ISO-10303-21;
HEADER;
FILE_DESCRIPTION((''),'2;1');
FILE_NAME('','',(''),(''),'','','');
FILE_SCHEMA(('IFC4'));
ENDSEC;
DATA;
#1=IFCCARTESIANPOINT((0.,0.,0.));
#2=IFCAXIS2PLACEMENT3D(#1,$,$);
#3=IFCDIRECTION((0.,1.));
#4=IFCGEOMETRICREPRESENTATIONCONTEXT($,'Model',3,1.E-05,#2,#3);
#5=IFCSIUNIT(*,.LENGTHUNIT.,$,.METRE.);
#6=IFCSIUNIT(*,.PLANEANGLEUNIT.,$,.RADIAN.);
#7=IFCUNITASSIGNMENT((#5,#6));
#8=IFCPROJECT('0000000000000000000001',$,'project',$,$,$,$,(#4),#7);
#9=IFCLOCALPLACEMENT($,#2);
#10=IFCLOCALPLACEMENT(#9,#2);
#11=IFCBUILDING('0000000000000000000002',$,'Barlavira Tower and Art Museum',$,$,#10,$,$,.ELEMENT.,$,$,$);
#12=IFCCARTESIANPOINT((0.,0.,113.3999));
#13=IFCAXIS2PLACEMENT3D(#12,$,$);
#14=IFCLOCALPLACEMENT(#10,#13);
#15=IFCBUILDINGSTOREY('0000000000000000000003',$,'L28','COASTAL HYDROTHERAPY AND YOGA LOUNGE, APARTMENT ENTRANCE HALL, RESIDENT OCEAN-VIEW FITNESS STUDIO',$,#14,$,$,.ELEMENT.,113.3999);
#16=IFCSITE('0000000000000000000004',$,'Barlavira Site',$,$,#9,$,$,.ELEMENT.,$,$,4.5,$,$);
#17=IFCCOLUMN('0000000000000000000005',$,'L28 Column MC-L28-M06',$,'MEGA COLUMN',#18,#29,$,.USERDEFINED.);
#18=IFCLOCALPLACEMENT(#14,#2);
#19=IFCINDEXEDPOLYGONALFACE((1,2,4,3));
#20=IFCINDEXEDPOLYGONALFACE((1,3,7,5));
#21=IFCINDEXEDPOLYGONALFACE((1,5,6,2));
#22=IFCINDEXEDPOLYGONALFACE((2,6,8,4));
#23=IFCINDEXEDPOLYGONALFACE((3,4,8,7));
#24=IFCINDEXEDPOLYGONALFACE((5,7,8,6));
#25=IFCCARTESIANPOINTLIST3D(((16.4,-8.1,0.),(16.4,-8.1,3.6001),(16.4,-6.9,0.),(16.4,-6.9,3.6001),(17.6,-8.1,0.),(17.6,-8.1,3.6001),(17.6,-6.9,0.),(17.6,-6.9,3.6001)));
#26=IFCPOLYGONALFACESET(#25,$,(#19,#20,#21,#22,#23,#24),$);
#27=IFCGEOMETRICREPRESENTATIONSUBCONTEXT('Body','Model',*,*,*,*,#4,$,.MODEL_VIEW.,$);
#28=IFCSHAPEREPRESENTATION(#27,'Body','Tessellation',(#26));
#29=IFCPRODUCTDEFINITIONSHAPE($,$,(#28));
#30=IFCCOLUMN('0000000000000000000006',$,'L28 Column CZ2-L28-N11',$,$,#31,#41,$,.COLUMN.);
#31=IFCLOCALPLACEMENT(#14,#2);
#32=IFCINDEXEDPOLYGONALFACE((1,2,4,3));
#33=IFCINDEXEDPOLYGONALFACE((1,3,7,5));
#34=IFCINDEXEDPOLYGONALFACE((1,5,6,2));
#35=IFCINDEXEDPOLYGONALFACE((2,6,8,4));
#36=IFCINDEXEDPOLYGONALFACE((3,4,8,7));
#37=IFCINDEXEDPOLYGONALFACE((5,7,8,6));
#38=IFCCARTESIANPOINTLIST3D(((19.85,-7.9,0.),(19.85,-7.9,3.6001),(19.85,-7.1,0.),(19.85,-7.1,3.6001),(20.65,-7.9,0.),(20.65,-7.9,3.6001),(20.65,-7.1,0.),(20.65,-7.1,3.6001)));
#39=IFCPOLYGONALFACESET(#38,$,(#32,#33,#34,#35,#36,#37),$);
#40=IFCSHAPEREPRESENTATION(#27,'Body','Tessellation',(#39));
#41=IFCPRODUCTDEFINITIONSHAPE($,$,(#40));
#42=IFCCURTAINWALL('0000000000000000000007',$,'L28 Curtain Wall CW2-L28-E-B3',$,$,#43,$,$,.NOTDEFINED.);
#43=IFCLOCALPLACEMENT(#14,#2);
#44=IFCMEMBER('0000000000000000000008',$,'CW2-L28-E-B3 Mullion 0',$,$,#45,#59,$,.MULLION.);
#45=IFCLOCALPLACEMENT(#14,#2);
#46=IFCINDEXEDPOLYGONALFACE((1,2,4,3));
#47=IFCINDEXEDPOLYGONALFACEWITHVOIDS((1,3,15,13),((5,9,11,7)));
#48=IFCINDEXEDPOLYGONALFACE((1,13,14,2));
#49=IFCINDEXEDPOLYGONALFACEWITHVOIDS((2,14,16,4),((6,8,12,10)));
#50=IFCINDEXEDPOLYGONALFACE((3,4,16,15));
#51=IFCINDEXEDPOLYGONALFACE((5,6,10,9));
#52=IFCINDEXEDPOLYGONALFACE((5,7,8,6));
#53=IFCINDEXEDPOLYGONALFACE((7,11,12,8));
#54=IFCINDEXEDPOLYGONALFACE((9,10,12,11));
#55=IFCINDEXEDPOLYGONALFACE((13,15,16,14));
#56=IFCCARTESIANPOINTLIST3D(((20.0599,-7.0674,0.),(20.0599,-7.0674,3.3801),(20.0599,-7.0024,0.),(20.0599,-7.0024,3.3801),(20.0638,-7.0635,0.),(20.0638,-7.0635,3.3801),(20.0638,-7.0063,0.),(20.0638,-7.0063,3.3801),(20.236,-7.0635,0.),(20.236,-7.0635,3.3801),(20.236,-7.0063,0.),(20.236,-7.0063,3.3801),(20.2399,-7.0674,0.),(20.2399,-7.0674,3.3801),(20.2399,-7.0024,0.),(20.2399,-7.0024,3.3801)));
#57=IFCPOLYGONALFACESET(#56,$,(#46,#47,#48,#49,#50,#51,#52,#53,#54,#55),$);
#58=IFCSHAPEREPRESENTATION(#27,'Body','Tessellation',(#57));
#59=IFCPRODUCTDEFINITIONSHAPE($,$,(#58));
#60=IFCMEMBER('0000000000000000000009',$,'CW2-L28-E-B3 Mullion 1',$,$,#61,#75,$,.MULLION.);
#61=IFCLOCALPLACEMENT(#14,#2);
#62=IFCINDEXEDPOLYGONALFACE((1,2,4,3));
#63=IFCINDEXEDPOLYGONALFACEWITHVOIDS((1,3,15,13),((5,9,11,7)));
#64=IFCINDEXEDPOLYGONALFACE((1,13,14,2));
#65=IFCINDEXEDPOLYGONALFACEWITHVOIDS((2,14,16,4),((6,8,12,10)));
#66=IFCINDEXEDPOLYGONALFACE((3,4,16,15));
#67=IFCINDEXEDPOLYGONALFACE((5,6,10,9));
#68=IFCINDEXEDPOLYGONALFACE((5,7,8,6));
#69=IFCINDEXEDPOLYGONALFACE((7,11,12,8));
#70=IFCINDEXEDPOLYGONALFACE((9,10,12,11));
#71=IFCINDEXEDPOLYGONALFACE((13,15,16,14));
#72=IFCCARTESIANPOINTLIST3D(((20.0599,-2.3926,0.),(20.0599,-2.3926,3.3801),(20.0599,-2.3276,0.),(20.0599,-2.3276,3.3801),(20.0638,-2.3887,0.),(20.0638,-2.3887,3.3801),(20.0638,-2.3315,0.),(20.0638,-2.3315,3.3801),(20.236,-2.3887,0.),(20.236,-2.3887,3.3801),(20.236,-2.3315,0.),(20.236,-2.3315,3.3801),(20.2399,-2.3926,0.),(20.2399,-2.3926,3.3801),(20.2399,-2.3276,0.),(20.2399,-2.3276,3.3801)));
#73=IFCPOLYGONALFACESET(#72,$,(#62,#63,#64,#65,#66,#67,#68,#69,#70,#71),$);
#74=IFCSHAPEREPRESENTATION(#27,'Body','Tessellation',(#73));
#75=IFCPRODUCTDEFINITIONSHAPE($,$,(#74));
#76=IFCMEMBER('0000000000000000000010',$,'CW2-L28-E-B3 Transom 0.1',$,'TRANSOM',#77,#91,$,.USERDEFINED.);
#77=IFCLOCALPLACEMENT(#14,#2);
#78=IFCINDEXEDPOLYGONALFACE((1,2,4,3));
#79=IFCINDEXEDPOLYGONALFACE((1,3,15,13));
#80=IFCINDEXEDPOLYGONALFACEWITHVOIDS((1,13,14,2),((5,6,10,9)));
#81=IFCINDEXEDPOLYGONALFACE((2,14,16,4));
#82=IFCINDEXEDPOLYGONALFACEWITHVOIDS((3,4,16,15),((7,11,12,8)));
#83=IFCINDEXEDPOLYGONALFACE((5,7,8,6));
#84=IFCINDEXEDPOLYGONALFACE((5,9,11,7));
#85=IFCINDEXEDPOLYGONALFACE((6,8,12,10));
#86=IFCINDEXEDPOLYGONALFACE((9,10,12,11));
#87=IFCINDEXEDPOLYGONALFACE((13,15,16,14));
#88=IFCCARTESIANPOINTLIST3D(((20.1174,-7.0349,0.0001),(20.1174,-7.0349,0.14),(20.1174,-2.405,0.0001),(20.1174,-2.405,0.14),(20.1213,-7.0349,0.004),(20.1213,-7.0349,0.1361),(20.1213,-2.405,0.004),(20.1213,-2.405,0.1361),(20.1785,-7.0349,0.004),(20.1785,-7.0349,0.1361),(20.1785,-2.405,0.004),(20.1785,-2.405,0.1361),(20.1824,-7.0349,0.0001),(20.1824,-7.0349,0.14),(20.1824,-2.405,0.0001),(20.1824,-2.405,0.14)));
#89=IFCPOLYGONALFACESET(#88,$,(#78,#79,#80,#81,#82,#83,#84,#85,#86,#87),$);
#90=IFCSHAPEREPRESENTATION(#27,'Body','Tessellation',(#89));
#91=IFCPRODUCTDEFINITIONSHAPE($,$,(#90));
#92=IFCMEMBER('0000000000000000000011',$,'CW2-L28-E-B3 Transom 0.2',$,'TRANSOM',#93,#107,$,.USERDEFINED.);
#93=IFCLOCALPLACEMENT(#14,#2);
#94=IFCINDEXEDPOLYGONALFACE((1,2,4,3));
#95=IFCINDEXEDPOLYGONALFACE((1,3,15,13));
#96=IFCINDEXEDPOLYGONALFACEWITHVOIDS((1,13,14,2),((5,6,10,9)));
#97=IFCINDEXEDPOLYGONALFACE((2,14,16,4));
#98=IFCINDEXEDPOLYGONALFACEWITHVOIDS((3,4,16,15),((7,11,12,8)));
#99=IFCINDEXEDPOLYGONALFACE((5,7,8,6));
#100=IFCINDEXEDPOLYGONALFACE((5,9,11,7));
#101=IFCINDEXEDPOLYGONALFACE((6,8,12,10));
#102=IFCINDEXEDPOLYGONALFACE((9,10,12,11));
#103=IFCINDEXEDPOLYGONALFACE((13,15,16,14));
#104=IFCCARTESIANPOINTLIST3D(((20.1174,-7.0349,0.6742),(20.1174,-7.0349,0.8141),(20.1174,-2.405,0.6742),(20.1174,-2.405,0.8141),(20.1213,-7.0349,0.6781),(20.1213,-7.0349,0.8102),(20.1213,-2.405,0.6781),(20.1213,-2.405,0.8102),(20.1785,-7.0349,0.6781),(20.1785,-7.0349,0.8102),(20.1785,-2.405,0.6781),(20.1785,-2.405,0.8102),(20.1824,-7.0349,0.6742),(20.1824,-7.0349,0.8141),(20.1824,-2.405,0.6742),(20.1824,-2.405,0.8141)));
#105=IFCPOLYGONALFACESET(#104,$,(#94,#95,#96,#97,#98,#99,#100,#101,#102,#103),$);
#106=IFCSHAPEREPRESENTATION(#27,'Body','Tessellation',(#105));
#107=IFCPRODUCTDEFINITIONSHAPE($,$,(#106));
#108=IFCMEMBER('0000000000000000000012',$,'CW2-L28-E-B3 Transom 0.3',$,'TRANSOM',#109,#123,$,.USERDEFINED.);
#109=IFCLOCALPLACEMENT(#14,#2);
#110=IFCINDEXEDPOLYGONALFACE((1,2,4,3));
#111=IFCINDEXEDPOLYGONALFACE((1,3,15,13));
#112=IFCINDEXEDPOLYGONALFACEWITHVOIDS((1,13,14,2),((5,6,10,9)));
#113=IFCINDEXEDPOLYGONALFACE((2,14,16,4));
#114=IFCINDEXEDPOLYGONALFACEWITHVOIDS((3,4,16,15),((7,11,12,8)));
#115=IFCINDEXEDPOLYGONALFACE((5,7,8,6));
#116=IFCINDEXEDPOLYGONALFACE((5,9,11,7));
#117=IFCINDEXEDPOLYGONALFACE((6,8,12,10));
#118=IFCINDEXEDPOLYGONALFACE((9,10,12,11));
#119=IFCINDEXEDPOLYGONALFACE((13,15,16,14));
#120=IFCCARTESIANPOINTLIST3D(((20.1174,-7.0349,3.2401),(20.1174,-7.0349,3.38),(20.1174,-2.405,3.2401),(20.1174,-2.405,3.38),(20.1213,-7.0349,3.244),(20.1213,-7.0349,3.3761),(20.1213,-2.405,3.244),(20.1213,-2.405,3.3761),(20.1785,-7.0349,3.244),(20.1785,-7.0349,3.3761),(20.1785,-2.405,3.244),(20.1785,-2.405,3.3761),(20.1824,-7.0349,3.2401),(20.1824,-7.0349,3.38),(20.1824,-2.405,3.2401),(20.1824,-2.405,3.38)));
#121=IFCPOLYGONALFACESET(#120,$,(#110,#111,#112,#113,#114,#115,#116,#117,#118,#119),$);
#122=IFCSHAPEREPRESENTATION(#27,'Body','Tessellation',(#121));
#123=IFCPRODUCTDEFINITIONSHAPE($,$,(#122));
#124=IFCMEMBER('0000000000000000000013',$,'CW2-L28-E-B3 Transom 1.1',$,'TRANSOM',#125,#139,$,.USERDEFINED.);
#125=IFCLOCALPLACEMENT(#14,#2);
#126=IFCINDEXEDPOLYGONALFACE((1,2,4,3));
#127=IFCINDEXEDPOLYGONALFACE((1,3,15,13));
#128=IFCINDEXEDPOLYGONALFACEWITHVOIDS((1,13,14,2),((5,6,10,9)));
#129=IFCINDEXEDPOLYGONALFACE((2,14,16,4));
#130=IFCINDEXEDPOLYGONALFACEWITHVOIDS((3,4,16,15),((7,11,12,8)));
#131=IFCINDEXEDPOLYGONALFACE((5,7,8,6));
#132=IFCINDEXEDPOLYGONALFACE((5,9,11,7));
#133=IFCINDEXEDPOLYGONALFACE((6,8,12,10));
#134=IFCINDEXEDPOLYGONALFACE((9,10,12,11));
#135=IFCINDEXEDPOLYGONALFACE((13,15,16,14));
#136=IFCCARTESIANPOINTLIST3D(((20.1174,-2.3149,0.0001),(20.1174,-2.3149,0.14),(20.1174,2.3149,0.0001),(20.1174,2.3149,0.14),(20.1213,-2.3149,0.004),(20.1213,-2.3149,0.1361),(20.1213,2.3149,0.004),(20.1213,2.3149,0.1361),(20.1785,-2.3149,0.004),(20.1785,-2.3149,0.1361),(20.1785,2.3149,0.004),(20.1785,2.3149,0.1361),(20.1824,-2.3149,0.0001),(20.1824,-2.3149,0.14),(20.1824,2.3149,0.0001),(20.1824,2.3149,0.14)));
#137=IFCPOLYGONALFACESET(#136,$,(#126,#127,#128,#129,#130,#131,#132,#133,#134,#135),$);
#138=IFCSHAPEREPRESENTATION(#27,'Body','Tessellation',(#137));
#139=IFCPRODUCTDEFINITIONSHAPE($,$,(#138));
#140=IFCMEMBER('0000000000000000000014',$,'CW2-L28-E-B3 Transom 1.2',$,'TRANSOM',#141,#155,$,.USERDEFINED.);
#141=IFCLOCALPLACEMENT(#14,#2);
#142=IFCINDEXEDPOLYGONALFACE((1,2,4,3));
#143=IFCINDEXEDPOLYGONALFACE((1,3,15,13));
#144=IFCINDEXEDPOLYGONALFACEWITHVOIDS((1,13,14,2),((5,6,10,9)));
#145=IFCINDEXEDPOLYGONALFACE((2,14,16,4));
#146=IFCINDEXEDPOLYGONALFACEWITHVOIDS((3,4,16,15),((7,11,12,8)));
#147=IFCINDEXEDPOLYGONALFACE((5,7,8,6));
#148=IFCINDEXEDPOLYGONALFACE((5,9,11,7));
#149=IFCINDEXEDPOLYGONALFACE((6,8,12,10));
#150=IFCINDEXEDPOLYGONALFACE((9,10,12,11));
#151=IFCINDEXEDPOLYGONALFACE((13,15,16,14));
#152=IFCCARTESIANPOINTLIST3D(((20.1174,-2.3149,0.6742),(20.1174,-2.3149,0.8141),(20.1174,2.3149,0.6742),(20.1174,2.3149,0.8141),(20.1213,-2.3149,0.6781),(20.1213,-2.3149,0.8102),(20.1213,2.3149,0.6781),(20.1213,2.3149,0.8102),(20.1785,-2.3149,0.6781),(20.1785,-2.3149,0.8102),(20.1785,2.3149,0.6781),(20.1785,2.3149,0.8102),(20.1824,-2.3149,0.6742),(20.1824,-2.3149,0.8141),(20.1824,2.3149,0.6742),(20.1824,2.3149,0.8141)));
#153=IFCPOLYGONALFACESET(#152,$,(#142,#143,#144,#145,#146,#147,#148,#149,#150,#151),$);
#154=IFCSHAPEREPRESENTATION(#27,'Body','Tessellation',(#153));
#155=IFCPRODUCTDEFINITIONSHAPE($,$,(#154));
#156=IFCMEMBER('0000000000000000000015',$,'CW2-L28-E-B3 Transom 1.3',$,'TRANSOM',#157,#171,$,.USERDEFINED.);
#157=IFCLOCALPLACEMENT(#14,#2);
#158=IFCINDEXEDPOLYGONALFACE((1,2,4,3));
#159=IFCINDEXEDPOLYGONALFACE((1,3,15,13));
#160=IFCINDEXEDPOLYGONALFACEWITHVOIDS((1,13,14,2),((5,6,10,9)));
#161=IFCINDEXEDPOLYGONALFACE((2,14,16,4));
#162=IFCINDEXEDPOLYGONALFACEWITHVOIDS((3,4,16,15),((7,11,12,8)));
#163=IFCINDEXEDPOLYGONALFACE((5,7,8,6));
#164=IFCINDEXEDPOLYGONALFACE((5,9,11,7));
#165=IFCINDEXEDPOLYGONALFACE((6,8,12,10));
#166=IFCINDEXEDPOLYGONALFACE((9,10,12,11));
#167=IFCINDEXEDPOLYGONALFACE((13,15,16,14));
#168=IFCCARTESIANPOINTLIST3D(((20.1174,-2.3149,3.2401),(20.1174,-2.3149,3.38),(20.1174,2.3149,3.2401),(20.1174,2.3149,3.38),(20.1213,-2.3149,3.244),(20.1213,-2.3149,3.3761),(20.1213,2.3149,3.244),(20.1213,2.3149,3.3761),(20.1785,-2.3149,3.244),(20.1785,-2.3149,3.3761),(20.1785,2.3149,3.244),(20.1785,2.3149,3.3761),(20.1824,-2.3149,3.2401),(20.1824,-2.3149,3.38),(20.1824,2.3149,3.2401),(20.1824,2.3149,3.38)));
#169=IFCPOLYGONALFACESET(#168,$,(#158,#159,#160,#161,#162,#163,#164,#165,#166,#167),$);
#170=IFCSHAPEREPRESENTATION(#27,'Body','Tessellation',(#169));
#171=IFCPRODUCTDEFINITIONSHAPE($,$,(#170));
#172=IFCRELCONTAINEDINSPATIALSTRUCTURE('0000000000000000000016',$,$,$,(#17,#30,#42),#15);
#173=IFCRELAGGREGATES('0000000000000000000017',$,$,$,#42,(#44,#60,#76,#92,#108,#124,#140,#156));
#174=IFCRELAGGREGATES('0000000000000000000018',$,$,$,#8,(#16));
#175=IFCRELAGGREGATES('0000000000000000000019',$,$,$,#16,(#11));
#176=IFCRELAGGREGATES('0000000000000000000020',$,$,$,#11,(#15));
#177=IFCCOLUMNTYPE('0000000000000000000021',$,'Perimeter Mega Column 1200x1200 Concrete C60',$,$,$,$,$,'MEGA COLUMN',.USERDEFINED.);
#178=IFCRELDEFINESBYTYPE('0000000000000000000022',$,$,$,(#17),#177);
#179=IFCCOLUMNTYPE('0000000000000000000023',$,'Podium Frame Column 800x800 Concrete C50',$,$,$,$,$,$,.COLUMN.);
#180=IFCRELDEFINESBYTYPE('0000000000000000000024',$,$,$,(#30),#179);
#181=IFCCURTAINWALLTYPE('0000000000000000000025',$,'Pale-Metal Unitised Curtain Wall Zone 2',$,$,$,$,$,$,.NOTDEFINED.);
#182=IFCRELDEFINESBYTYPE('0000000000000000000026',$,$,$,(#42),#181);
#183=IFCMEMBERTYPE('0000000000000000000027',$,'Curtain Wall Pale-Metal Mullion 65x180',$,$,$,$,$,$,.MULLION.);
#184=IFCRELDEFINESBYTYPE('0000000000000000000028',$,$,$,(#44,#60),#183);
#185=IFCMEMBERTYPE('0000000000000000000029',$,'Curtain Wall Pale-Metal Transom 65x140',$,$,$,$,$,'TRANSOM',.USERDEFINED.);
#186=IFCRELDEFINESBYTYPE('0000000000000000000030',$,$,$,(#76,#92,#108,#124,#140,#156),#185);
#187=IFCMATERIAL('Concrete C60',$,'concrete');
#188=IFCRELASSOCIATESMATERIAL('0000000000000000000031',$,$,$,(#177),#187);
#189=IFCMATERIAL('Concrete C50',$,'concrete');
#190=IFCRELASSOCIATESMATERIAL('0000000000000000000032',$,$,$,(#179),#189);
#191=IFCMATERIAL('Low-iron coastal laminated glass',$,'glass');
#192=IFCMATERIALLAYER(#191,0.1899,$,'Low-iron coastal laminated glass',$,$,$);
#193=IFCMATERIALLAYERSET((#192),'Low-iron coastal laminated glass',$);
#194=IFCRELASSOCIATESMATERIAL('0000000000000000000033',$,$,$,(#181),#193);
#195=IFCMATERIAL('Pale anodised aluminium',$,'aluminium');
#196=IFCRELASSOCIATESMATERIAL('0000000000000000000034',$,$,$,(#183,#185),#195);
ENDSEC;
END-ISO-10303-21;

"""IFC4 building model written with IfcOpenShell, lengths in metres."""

from ifc_helpers import new_model, si_unit, direction, frame, origin, origin_2d, place, context, subcontext, project, spatial, rectangle, hollow_rectangle, extrude, material, layer, layer_set, material_profile, profile_set, type_object, element, aggregate, save


model = new_model("IFC4")

# Units and contexts
model_context = context("Model", 3, precision=1e-05, world=origin(), true_north=direction((0.0, 1.0)))
body_context = subcontext(model_context, "Body", "Model", "MODEL_VIEW")
ifc_project = project(units=[si_unit("LENGTHUNIT", "METRE"), si_unit("PLANEANGLEUNIT", "RADIAN")], contexts=[model_context])

# Site, building, storey
site_placement = place(None, origin())
site = spatial("IfcSite", under=ifc_project, at=site_placement, Name="Barlavira Site", CompositionType="ELEMENT", RefElevation=4.5)
building_placement = place(site_placement, origin())
building = spatial("IfcBuilding", under=site, at=building_placement, Name="Barlavira Tower and Art Museum", CompositionType="ELEMENT")
storey_placement = place(building_placement, frame((0.0, 0.0, 113.3999)))
storey = spatial("IfcBuildingStorey", under=building, at=storey_placement, Name="L28", Description="COASTAL HYDROTHERAPY AND YOGA LOUNGE, APARTMENT ENTRANCE HALL, RESIDENT OCEAN-VIEW FITNESS STUDIO", CompositionType="ELEMENT", Elevation=113.3999)

# Columns
ifc_material_1 = material(Name="Concrete C60", Category="concrete")
ifc_material_profile_1 = material_profile(ifc_material_1, rectangle(XDim=1.2, YDim=1.2, at=origin_2d()), Name="RC-COL 1200x1200")
ifc_profile_set_1 = profile_set([ifc_material_profile_1], Name="Concrete C60")
column_type_1 = type_object("IfcColumnType", Name="Perimeter Mega Column 1200x1200 Concrete C60", ElementType="MEGA COLUMN", PredefinedType="USERDEFINED", material=ifc_profile_set_1)
column_1_placement = place(storey_placement, frame((17.0, -7.5, 0.0), z_axis=(0.0, 0.0, 1.0), x_axis=(1.0, 0.0, 0.0)))
element("IfcColumn", 1, at=column_1_placement, inside=storey, type_object=column_type_1, Name="L28 Column MC-L28-M06", ObjectType="MEGA COLUMN", PredefinedType="USERDEFINED", context=body_context, shape_type="SweptSolid", body=[
    extrude(rectangle(XDim=1.2, YDim=1.2, at=origin_2d()), origin(), (0.0, 0.0, 1.0), 3.6001),
])
ifc_material_2 = material(Name="Concrete C50", Category="concrete")
ifc_material_profile_2 = material_profile(ifc_material_2, rectangle(XDim=0.8, YDim=0.8, at=origin_2d()), Name="RC-COL 800x800")
ifc_profile_set_2 = profile_set([ifc_material_profile_2], Name="Concrete C50")
column_type_2 = type_object("IfcColumnType", Name="Podium Frame Column 800x800 Concrete C50", PredefinedType="COLUMN", material=ifc_profile_set_2)
column_2_placement = place(storey_placement, frame((20.25, -7.5, 0.0), z_axis=(0.0, 0.0, 1.0), x_axis=(1.0, 0.0, 0.0)))
element("IfcColumn", 2, at=column_2_placement, inside=storey, type_object=column_type_2, Name="L28 Column CZ2-L28-N11", PredefinedType="COLUMN", context=body_context, shape_type="SweptSolid", body=[
    extrude(rectangle(XDim=0.8, YDim=0.8, at=origin_2d()), origin(), (0.0, 0.0, 1.0), 3.6001),
])

# Curtain wall, members
ifc_material_3 = material(Name="Low-iron coastal laminated glass", Category="glass")
ifc_layer_1 = layer(ifc_material_3, 0.1899, Name="Low-iron coastal laminated glass")
ifc_layer_set_1 = layer_set([ifc_layer_1], Name="Low-iron coastal laminated glass")
curtain_wall_type = type_object("IfcCurtainWallType", Name="Pale-Metal Unitised Curtain Wall Zone 2", PredefinedType="NOTDEFINED", material=ifc_layer_set_1)
curtain_wall_placement = place(storey_placement, origin())
curtain_wall = element("IfcCurtainWall", 3, at=curtain_wall_placement, inside=storey, type_object=curtain_wall_type, Name="L28 Curtain Wall CW2-L28-E-B3", PredefinedType="NOTDEFINED")
ifc_material_4 = material(Name="Pale anodised aluminium", Category="aluminium")
ifc_material_profile_3 = material_profile(ifc_material_4, hollow_rectangle(XDim=0.0649, YDim=0.1799, WallThickness=0.0039, at=origin_2d()), Name="ALU-MULL 65x180x4")
ifc_profile_set_3 = profile_set([ifc_material_profile_3], Name="Pale anodised aluminium")
member_type_1 = type_object("IfcMemberType", Name="Curtain Wall Pale-Metal Mullion 65x180", PredefinedType="MULLION", material=ifc_profile_set_3)
member_1_placement = place(storey_placement, frame((20.1499, -7.0349, 0.0), z_axis=(0.0, 0.0, 1.0), x_axis=(0.0, 1.0, 0.0)))
member_1 = element("IfcMember", 4, at=member_1_placement, type_object=member_type_1, Name="CW2-L28-E-B3 Mullion 0", PredefinedType="MULLION", context=body_context, shape_type="SweptSolid", body=[
    extrude(hollow_rectangle(XDim=0.0649, YDim=0.1799, WallThickness=0.0039, at=origin_2d()), origin(), (0.0, 0.0, 1.0), 3.3801),
])
member_2_placement = place(storey_placement, frame((20.1499, -2.3601, 0.0), z_axis=(0.0, 0.0, 1.0), x_axis=(0.0, 1.0, 0.0)))
member_2 = element("IfcMember", 5, at=member_2_placement, type_object=member_type_1, Name="CW2-L28-E-B3 Mullion 1", PredefinedType="MULLION", context=body_context, shape_type="SweptSolid", body=[
    extrude(hollow_rectangle(XDim=0.0649, YDim=0.1799, WallThickness=0.0039, at=origin_2d()), origin(), (0.0, 0.0, 1.0), 3.3801),
])
ifc_material_profile_4 = material_profile(ifc_material_4, hollow_rectangle(XDim=0.0649, YDim=0.1399, WallThickness=0.0039, at=origin_2d()), Name="ALU-TRAN 65x140x4")
ifc_profile_set_4 = profile_set([ifc_material_profile_4], Name="Pale anodised aluminium")
member_type_2 = type_object("IfcMemberType", Name="Curtain Wall Pale-Metal Transom 65x140", ElementType="TRANSOM", PredefinedType="USERDEFINED", material=ifc_profile_set_4)
member_3_placement = place(storey_placement, frame((20.1499, -7.0349, 0.0701), z_axis=(0.0, 1.0, 0.0), x_axis=(-1.0, 0.0, 0.0)))
member_3 = element("IfcMember", 6, at=member_3_placement, type_object=member_type_2, Name="CW2-L28-E-B3 Transom 0.1", ObjectType="TRANSOM", PredefinedType="USERDEFINED", context=body_context, shape_type="SweptSolid", body=[
    extrude(hollow_rectangle(XDim=0.0649, YDim=0.1399, WallThickness=0.0039, at=origin_2d()), origin(), (0.0, 0.0, 1.0), 4.6299),
])
member_4_placement = place(storey_placement, frame((20.1499, -7.0349, 0.7441), z_axis=(0.0, 1.0, 0.0), x_axis=(-1.0, 0.0, 0.0)))
member_4 = element("IfcMember", 7, at=member_4_placement, type_object=member_type_2, Name="CW2-L28-E-B3 Transom 0.2", ObjectType="TRANSOM", PredefinedType="USERDEFINED", context=body_context, shape_type="SweptSolid", body=[
    extrude(hollow_rectangle(XDim=0.0649, YDim=0.1399, WallThickness=0.0039, at=origin_2d()), origin(), (0.0, 0.0, 1.0), 4.6299),
])
member_5_placement = place(storey_placement, frame((20.1499, -7.0349, 3.3101), z_axis=(0.0, 1.0, 0.0), x_axis=(-1.0, 0.0, 0.0)))
member_5 = element("IfcMember", 8, at=member_5_placement, type_object=member_type_2, Name="CW2-L28-E-B3 Transom 0.3", ObjectType="TRANSOM", PredefinedType="USERDEFINED", context=body_context, shape_type="SweptSolid", body=[
    extrude(hollow_rectangle(XDim=0.0649, YDim=0.1399, WallThickness=0.0039, at=origin_2d()), origin(), (0.0, 0.0, 1.0), 4.6299),
])
member_6_placement = place(storey_placement, frame((20.1499, -2.3149, 0.0701), z_axis=(0.0, 1.0, 0.0), x_axis=(-1.0, 0.0, 0.0)))
member_6 = element("IfcMember", 9, at=member_6_placement, type_object=member_type_2, Name="CW2-L28-E-B3 Transom 1.1", ObjectType="TRANSOM", PredefinedType="USERDEFINED", context=body_context, shape_type="SweptSolid", body=[
    extrude(hollow_rectangle(XDim=0.0649, YDim=0.1399, WallThickness=0.0039, at=origin_2d()), origin(), (0.0, 0.0, 1.0), 4.6299),
])
member_7_placement = place(storey_placement, frame((20.1499, -2.3149, 0.7441), z_axis=(0.0, 1.0, 0.0), x_axis=(-1.0, 0.0, 0.0)))
member_7 = element("IfcMember", 10, at=member_7_placement, type_object=member_type_2, Name="CW2-L28-E-B3 Transom 1.2", ObjectType="TRANSOM", PredefinedType="USERDEFINED", context=body_context, shape_type="SweptSolid", body=[
    extrude(hollow_rectangle(XDim=0.0649, YDim=0.1399, WallThickness=0.0039, at=origin_2d()), origin(), (0.0, 0.0, 1.0), 4.6299),
])
member_8_placement = place(storey_placement, frame((20.1499, -2.3149, 3.3101), z_axis=(0.0, 1.0, 0.0), x_axis=(-1.0, 0.0, 0.0)))
member_8 = element("IfcMember", 11, at=member_8_placement, type_object=member_type_2, Name="CW2-L28-E-B3 Transom 1.3", ObjectType="TRANSOM", PredefinedType="USERDEFINED", context=body_context, shape_type="SweptSolid", body=[
    extrude(hollow_rectangle(XDim=0.0649, YDim=0.1399, WallThickness=0.0039, at=origin_2d()), origin(), (0.0, 0.0, 1.0), 4.6299),
])

aggregate(curtain_wall, [member_1, member_2, member_3, member_4, member_5, member_6, member_7, member_8])

save(model, "model.ifc")
